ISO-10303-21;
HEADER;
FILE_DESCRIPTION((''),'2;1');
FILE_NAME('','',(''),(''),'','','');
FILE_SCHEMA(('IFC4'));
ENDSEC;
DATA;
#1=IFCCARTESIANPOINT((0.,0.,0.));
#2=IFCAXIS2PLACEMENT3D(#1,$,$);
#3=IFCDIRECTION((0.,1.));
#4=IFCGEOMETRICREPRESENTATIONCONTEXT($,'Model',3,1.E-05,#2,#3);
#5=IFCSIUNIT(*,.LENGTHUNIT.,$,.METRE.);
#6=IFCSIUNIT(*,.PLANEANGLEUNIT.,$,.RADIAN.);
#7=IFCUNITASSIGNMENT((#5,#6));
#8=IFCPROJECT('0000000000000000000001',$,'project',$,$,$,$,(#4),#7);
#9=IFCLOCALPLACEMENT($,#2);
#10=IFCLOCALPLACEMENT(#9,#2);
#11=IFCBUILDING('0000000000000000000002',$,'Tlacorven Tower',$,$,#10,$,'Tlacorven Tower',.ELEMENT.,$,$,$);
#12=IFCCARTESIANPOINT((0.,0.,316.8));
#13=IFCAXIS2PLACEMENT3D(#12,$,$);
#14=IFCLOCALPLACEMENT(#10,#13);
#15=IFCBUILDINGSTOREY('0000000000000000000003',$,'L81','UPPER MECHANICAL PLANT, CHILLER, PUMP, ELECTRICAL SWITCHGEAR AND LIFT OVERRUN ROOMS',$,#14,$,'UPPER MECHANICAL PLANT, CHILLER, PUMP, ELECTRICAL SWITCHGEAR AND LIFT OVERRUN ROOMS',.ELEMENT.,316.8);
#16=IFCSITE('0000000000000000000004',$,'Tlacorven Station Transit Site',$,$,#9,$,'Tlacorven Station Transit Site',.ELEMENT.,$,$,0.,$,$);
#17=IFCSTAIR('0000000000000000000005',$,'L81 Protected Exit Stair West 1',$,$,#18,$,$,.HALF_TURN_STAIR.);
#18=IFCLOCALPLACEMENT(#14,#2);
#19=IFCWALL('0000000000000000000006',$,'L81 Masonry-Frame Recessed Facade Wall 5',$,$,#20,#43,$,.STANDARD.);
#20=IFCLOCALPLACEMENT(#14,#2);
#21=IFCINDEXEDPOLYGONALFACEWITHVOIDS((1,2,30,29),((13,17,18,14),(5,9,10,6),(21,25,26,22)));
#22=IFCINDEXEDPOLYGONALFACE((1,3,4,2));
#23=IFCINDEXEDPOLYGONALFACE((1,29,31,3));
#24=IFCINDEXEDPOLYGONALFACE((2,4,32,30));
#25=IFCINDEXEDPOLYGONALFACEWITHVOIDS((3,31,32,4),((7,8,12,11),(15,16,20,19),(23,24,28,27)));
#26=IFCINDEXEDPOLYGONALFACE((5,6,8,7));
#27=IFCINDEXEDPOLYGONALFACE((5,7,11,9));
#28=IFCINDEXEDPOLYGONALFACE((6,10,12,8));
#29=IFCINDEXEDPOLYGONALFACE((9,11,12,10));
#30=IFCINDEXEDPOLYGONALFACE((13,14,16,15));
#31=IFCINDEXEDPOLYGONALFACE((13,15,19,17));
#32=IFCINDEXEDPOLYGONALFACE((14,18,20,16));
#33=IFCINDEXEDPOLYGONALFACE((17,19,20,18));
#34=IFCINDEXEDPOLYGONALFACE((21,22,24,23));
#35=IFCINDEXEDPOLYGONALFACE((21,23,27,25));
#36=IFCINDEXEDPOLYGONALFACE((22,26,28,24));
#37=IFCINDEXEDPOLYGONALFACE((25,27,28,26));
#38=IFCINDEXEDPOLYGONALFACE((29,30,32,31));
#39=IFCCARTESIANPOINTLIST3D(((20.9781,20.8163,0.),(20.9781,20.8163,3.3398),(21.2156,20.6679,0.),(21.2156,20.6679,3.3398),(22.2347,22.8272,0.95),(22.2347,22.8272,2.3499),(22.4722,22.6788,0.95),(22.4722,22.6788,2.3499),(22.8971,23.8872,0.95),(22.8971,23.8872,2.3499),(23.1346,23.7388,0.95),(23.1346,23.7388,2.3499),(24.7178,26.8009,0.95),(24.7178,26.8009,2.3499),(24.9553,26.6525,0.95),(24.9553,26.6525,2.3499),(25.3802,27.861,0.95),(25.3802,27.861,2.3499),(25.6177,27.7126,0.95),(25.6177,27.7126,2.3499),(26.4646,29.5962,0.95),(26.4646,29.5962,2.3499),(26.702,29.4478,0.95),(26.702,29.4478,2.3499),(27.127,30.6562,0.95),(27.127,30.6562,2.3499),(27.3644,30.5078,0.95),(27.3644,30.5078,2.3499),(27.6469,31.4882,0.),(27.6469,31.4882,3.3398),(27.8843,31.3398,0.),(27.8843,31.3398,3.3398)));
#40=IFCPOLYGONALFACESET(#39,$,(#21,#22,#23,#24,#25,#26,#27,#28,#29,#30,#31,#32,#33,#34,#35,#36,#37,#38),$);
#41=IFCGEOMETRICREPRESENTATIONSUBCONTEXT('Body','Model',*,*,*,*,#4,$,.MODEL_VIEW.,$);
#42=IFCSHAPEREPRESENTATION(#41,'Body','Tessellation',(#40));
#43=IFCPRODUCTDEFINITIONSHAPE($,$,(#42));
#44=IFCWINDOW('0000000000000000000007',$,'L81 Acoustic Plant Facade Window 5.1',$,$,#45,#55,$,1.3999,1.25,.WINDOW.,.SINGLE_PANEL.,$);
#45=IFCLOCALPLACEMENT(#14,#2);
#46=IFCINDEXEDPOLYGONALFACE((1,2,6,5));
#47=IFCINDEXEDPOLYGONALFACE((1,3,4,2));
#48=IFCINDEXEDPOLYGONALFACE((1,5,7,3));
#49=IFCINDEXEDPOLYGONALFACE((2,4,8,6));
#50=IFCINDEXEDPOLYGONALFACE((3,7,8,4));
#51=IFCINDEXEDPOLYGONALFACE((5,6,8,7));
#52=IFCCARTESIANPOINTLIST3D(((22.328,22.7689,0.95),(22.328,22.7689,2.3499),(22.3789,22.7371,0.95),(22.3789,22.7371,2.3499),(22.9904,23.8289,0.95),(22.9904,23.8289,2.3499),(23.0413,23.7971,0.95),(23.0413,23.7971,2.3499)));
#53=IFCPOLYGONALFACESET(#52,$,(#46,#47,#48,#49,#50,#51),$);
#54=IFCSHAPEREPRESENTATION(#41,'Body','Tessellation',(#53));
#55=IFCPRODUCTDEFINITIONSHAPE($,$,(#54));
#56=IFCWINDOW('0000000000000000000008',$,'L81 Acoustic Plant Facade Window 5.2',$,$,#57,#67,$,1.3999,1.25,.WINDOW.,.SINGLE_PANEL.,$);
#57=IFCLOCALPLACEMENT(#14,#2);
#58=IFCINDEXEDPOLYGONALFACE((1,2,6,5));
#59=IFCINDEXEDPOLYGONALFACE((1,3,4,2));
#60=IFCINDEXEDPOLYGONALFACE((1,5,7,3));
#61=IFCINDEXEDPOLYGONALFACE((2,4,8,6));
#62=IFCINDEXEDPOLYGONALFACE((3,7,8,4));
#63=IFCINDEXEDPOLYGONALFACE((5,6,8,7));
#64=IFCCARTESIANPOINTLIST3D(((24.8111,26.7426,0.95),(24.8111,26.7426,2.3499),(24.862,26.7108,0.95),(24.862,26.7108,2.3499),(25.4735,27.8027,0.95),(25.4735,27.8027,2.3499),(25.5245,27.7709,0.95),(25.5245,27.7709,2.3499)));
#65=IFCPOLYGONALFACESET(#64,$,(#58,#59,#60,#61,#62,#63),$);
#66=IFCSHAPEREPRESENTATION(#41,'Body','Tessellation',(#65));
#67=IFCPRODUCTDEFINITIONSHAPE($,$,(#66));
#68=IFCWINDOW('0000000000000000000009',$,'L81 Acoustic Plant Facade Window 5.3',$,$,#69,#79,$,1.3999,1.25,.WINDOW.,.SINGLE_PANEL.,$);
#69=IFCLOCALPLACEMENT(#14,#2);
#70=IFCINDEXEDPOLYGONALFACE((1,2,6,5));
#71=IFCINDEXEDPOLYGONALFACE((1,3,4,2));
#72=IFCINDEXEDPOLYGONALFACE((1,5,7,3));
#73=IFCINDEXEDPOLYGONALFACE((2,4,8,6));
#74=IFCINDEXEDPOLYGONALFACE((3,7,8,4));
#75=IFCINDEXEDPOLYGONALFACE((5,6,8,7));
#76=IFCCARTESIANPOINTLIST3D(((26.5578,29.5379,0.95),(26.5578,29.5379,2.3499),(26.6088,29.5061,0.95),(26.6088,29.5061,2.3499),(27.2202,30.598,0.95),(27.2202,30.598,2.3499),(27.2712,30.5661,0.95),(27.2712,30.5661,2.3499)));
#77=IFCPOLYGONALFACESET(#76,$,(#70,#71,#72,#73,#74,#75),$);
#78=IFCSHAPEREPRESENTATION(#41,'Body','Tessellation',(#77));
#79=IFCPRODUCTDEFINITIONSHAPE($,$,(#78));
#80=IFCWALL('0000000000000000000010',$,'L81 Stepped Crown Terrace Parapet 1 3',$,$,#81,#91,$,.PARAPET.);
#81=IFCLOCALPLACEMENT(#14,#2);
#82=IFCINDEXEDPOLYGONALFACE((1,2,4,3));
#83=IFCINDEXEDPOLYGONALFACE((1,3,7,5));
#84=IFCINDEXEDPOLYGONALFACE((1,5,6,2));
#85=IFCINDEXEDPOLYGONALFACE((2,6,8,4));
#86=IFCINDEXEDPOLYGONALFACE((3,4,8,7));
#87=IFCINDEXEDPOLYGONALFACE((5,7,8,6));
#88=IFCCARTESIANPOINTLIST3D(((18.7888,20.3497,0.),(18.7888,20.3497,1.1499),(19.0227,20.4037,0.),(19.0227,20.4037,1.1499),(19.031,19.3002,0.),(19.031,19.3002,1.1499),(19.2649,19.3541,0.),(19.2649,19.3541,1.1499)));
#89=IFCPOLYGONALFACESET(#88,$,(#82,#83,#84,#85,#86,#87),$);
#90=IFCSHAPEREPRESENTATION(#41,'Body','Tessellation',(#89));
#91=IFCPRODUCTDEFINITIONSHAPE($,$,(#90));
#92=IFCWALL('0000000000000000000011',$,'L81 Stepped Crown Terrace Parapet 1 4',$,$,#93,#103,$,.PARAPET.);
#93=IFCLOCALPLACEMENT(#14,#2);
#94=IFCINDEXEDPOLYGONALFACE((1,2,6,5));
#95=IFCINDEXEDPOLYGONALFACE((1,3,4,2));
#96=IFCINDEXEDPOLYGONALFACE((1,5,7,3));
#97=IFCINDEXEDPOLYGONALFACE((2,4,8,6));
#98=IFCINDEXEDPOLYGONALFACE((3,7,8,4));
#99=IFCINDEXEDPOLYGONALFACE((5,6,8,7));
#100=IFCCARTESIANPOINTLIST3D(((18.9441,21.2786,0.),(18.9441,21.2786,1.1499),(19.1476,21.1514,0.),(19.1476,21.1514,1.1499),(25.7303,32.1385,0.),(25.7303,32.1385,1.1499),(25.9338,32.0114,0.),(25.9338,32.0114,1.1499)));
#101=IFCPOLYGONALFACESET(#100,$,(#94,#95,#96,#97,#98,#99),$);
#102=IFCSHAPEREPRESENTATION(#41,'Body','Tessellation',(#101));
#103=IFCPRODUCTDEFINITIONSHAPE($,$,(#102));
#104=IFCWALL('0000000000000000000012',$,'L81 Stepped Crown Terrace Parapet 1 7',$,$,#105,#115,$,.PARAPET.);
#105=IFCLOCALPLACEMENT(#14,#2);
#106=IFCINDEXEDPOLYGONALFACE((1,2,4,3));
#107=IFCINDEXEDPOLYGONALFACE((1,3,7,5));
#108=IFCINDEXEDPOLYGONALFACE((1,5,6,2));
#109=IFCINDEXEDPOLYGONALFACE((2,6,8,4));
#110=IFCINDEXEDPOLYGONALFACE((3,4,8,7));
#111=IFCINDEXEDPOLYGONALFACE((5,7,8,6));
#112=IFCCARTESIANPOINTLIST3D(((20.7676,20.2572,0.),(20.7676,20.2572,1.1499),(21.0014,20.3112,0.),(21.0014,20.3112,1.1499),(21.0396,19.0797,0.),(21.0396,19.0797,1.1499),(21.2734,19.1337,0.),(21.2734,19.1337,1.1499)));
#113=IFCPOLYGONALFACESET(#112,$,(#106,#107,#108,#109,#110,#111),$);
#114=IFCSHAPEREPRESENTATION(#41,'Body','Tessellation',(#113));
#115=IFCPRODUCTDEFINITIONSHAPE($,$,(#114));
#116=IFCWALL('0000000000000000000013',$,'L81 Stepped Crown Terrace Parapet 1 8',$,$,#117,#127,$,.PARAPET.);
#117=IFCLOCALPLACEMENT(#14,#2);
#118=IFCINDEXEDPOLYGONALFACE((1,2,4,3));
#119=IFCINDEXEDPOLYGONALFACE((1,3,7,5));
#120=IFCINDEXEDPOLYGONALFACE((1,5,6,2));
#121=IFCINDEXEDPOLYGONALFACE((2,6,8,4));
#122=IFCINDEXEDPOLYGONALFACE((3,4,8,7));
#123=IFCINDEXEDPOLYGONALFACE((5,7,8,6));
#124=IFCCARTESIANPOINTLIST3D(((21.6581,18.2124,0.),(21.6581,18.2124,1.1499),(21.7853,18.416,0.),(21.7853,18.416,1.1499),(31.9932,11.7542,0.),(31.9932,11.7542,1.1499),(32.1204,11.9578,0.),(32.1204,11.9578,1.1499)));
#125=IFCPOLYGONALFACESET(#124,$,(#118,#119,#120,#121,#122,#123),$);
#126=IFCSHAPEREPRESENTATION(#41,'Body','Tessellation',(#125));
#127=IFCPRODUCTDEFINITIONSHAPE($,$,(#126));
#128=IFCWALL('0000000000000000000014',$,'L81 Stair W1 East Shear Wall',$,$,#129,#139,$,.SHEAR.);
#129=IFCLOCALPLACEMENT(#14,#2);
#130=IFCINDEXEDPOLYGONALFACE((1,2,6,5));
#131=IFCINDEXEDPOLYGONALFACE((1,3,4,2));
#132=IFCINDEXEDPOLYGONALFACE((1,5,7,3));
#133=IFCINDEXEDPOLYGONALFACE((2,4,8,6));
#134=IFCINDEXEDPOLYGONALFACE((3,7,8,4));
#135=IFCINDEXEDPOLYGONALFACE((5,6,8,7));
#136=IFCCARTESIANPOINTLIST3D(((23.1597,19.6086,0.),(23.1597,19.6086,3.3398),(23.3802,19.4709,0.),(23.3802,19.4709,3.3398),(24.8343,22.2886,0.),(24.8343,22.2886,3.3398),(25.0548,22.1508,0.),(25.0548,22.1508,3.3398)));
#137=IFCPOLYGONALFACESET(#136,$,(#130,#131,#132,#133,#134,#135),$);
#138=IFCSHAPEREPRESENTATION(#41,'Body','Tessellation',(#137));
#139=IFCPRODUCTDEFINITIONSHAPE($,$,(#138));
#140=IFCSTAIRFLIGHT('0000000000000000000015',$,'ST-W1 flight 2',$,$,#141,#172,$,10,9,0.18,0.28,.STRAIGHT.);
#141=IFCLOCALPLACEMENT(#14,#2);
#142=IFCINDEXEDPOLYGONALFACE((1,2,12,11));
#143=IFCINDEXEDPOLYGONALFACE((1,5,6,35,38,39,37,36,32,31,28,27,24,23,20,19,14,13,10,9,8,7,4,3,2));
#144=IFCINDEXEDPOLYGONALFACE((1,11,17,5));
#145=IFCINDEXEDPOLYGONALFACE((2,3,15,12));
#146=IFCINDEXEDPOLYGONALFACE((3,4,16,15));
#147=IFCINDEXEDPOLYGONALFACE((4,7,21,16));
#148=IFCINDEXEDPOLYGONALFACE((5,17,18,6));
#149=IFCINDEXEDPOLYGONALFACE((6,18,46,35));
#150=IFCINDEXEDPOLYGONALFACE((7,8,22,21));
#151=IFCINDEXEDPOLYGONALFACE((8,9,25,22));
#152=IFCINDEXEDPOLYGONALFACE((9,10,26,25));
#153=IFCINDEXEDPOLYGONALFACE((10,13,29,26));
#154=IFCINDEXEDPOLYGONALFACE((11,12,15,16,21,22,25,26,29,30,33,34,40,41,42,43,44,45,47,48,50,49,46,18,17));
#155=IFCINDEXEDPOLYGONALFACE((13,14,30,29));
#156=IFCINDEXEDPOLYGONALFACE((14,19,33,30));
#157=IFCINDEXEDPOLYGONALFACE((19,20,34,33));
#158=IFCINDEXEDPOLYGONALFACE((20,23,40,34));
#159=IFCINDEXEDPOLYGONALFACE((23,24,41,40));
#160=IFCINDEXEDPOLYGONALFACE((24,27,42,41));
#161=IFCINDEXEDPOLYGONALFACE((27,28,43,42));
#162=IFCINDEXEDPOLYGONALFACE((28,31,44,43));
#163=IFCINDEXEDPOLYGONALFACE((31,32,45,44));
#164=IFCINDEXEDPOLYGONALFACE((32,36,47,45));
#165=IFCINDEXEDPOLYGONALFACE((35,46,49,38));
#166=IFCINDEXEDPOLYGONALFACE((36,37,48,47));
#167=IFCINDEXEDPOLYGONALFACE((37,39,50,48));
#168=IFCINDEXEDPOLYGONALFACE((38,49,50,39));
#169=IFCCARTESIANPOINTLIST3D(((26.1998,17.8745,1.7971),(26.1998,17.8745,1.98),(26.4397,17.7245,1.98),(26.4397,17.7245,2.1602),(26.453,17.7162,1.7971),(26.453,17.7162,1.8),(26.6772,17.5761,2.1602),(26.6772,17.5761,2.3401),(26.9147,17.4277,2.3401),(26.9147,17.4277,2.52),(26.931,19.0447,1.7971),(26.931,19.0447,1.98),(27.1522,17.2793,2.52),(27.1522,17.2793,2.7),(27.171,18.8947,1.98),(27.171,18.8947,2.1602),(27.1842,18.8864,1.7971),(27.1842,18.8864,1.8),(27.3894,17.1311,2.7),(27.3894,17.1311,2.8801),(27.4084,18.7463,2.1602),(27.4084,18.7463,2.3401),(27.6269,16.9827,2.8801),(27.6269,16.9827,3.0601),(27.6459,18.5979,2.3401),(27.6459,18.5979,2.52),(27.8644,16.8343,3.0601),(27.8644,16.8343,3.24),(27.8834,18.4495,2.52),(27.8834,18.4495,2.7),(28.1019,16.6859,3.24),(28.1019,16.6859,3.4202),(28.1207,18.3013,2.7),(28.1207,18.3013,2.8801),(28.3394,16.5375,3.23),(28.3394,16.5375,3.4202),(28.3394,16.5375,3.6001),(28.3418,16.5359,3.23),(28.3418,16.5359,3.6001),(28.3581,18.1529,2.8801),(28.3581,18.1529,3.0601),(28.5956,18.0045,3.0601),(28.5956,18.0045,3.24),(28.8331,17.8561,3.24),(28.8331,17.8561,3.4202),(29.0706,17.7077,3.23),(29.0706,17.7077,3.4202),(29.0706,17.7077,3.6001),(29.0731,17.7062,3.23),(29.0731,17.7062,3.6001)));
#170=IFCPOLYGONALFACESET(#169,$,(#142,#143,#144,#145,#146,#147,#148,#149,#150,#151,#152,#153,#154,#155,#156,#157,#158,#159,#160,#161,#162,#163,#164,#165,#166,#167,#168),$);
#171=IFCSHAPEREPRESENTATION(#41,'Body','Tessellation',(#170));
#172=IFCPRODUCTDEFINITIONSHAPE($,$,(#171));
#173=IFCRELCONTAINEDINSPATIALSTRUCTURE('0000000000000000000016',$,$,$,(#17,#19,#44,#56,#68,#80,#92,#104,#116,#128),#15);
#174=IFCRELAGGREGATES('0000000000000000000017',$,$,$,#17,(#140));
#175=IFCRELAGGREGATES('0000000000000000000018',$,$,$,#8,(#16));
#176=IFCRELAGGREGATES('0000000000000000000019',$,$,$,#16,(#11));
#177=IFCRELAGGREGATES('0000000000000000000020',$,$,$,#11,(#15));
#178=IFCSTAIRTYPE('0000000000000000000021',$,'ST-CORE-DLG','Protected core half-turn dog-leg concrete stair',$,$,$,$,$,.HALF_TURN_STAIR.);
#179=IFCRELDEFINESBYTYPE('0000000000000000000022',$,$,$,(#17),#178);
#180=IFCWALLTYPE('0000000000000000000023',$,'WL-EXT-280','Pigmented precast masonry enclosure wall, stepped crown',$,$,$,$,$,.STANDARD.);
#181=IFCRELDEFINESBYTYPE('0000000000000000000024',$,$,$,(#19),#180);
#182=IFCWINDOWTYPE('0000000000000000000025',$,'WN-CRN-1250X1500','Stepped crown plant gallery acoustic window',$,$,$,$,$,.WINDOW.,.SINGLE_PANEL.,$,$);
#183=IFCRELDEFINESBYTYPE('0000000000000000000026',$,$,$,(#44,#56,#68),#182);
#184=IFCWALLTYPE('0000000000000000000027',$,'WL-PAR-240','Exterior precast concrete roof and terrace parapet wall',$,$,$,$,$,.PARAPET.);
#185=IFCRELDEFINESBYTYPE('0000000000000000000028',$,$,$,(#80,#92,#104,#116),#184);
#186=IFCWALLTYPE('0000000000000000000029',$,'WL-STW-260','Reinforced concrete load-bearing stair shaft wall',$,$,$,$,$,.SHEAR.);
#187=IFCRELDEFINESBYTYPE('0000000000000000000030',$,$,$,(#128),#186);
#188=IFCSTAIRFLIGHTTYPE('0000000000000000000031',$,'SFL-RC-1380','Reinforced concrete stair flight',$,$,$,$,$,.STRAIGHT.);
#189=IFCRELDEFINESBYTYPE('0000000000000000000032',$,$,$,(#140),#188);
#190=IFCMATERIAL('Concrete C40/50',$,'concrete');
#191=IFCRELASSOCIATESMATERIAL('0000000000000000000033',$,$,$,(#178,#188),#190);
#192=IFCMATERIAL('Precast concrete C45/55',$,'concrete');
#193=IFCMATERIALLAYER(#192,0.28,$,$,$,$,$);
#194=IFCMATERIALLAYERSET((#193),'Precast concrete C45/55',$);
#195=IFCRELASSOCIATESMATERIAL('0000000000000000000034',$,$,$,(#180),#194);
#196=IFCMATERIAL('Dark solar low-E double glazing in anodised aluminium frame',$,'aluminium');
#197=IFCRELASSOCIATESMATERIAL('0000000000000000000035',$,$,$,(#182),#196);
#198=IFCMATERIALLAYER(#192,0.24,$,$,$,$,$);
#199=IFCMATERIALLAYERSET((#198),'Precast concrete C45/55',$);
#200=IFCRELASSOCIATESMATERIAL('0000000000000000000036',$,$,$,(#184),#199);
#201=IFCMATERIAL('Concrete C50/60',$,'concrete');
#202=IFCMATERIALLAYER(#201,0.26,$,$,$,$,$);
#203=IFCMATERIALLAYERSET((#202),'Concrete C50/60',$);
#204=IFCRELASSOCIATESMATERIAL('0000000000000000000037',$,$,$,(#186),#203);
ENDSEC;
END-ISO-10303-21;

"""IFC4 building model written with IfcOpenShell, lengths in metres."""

from ifc_helpers import new_model, si_unit, direction, frame, frame_2d, origin, place, context, subcontext, project, spatial, polyline, rectangle, outline, extrude, source, transform, mapped, material, layer, layer_set, type_object, element, fill, aggregate, save


model = new_model("IFC4")

# Units and contexts
model_context = context("Model", 3, precision=1e-05, world=origin(), true_north=direction((0.0, 1.0)))
body_context = subcontext(model_context, "Body", "Model", "MODEL_VIEW")
ifc_project = project(units=[si_unit("LENGTHUNIT", "METRE"), si_unit("PLANEANGLEUNIT", "RADIAN")], contexts=[model_context])

# Site, building, storey
site_placement = place(None, origin())
site = spatial("IfcSite", under=ifc_project, at=site_placement, Name="Tlacorven Station Transit Site", LongName="Tlacorven Station Transit Site", CompositionType="ELEMENT", RefElevation=0.0)
building_placement = place(site_placement, origin())
building = spatial("IfcBuilding", under=site, at=building_placement, Name="Tlacorven Tower", LongName="Tlacorven Tower", CompositionType="ELEMENT")
storey_placement = place(building_placement, frame((0.0, 0.0, 316.8)))
storey = spatial("IfcBuildingStorey", under=building, at=storey_placement, Name="L81", Description="UPPER MECHANICAL PLANT, CHILLER, PUMP, ELECTRICAL SWITCHGEAR AND LIFT OVERRUN ROOMS", LongName="UPPER MECHANICAL PLANT, CHILLER, PUMP, ELECTRICAL SWITCHGEAR AND LIFT OVERRUN ROOMS", CompositionType="ELEMENT", Elevation=316.8)

# Stair
ifc_material_1 = material(Name="Concrete C40/50", Category="concrete")
stair_type = type_object("IfcStairType", Name="ST-CORE-DLG", Description="Protected core half-turn dog-leg concrete stair", PredefinedType="HALF_TURN_STAIR", material=ifc_material_1)
stair_placement = place(storey_placement, origin())
stair = element("IfcStair", 1, at=stair_placement, inside=storey, type_object=stair_type, Name="L81 Protected Exit Stair West 1", PredefinedType="HALF_TURN_STAIR")

# Shared definitions
ifc_material_2 = material(Name="Concrete C50/60", Category="concrete")

# Shared definitions
ifc_material_3 = material(Name="Precast concrete C45/55", Category="concrete")
ifc_layer_1 = layer(ifc_material_3, 0.28)
ifc_layer_set_1 = layer_set([ifc_layer_1], Name="Precast concrete C45/55")
wall_type_1 = type_object("IfcWallType", Name="WL-EXT-280", Description="Pigmented precast masonry enclosure wall, stepped crown", PredefinedType="STANDARD", material=ifc_layer_set_1)

# Wall, openings, windows
wall_1_placement = place(storey_placement, frame((21.0969, 20.7422, 0.0), z_axis=(0.0, 0.0, 1.0), x_axis=(0.529929, 0.848042, 0.0)))
wall_1 = element("IfcWall", 2, at=wall_1_placement, inside=storey, type_object=wall_type_1, Name="L81 Masonry-Frame Recessed Facade Wall 5", PredefinedType="STANDARD", context=body_context, shape_type="SweptSolid", body=[
    extrude(rectangle(XDim=12.5842, YDim=0.28, at=frame_2d((6.292, 0.0))), origin(), (0.0, 0.0, 1.0), 3.3398),
])
opening_1_placement = place(wall_1_placement, frame((2.3711, 0.0, 0.95)))
opening_1 = element("IfcOpeningElement", 3, at=opening_1_placement, cuts=wall_1, PredefinedType="OPENING", context=body_context, shape_type="SweptSolid", body=[
    extrude(rectangle(XDim=1.25, YDim=1.3999, at=frame_2d((0.625, 0.7))), frame((0.0, 0.1499, 0.0), z_axis=(0.0, -1.0, 0.0), x_axis=(1.0, 0.0, 0.0)), (0.0, 0.0, 1.0), 0.3),
])
opening_2_placement = place(wall_1_placement, frame((7.0569, 0.0, 0.95)))
opening_2 = element("IfcOpeningElement", 4, at=opening_2_placement, cuts=wall_1, PredefinedType="OPENING", context=body_context, shape_type="SweptSolid", body=[
    extrude(rectangle(XDim=1.25, YDim=1.3999, at=frame_2d((0.625, 0.7))), frame((0.0, 0.1499, 0.0), z_axis=(0.0, -1.0, 0.0), x_axis=(1.0, 0.0, 0.0)), (0.0, 0.0, 1.0), 0.3),
])
opening_3_placement = place(wall_1_placement, frame((10.353, 0.0, 0.95)))
opening_3 = element("IfcOpeningElement", 5, at=opening_3_placement, cuts=wall_1, PredefinedType="OPENING", context=body_context, shape_type="SweptSolid", body=[
    extrude(rectangle(XDim=1.25, YDim=1.3999, at=frame_2d((0.625, 0.7))), frame((0.0, 0.1499, 0.0), z_axis=(0.0, -1.0, 0.0), x_axis=(1.0, 0.0, 0.0)), (0.0, 0.0, 1.0), 0.3),
])
ifc_material_4 = material(Name="Dark solar low-E double glazing in anodised aluminium frame", Category="aluminium")
window_type = type_object("IfcWindowType", Name="WN-CRN-1250X1500", Description="Stepped crown plant gallery acoustic window", PartitioningType="SINGLE_PANEL", PredefinedType="WINDOW", material=ifc_material_4)
shared_shape_1 = source(origin(), body_context, "Body", "SweptSolid", [
    extrude(rectangle(XDim=1.25, YDim=1.3999, at=frame_2d((0.625, 0.7))), frame((0.0, 0.03, 0.0), z_axis=(0.0, -1.0, 0.0), x_axis=(1.0, 0.0, 0.0)), (0.0, 0.0, 1.0), 0.0601),
])
window_1_placement = place(opening_1_placement, origin())
window_1 = element("IfcWindow", 6, at=window_1_placement, inside=storey, type_object=window_type, Name="L81 Acoustic Plant Facade Window 5.1", OverallHeight=1.3999, OverallWidth=1.25, PartitioningType="SINGLE_PANEL", PredefinedType="WINDOW", context=body_context, shape_type="MappedRepresentation", body=[
    mapped(shared_shape_1, transform((0.0, 0.0, 0.0), scale=1.0)),
])
fill(opening_1, window_1)
window_2_placement = place(opening_2_placement, origin())
window_2 = element("IfcWindow", 7, at=window_2_placement, inside=storey, type_object=window_type, Name="L81 Acoustic Plant Facade Window 5.2", OverallHeight=1.3999, OverallWidth=1.25, PartitioningType="SINGLE_PANEL", PredefinedType="WINDOW", context=body_context, shape_type="MappedRepresentation", body=[
    mapped(shared_shape_1, transform((0.0, 0.0, 0.0), scale=1.0)),
])
fill(opening_2, window_2)
window_3_placement = place(opening_3_placement, origin())
window_3 = element("IfcWindow", 8, at=window_3_placement, inside=storey, type_object=window_type, Name="L81 Acoustic Plant Facade Window 5.3", OverallHeight=1.3999, OverallWidth=1.25, PartitioningType="SINGLE_PANEL", PredefinedType="WINDOW", context=body_context, shape_type="MappedRepresentation", body=[
    mapped(shared_shape_1, transform((0.0, 0.0, 0.0), scale=1.0)),
])
fill(opening_3, window_3)

# Walls
ifc_layer_2 = layer(ifc_material_3, 0.24)
ifc_layer_set_2 = layer_set([ifc_layer_2], Name="Precast concrete C45/55")
wall_type_2 = type_object("IfcWallType", Name="WL-PAR-240", Description="Exterior precast concrete roof and terrace parapet wall", PredefinedType="PARAPET", material=ifc_layer_set_2)
wall_2_placement = place(storey_placement, frame((19.1479, 19.3271, 0.0), z_axis=(0.0, 0.0, 1.0), x_axis=(-0.224843, 0.974395, 0.0)))
element("IfcWall", 9, at=wall_2_placement, inside=storey, type_object=wall_type_2, Name="L81 Stepped Crown Terrace Parapet 1 3", PredefinedType="PARAPET", context=body_context, shape_type="SweptSolid", body=[
    extrude(rectangle(XDim=1.0771, YDim=0.24, at=frame_2d((0.5386, 0.0))), origin(), (0.0, 0.0, 1.0), 1.1499),
])
wall_3_placement = place(storey_placement, frame((19.0459, 21.2151, 0.0), z_axis=(0.0, 0.0, 1.0), x_axis=(0.529927, 0.848043, 0.0)))
element("IfcWall", 10, at=wall_3_placement, inside=storey, type_object=wall_type_2, Name="L81 Stepped Crown Terrace Parapet 1 4", PredefinedType="PARAPET", context=body_context, shape_type="SweptSolid", body=[
    extrude(rectangle(XDim=12.8059, YDim=0.24, at=frame_2d((6.4028, 0.0))), origin(), (0.0, 0.0, 1.0), 1.1499),
])
wall_4_placement = place(storey_placement, frame((20.8845, 20.2842, 0.0), z_axis=(0.0, 0.0, 1.0), x_axis=(0.225051, -0.974347, 0.0)))
element("IfcWall", 11, at=wall_4_placement, inside=storey, type_object=wall_type_2, Name="L81 Stepped Crown Terrace Parapet 1 7", PredefinedType="PARAPET", context=body_context, shape_type="SweptSolid", body=[
    extrude(rectangle(XDim=1.2085, YDim=0.24, at=frame_2d((0.6042, 0.0))), origin(), (0.0, 0.0, 1.0), 1.1499),
])
wall_5_placement = place(storey_placement, frame((21.7217, 18.3142, 0.0), z_axis=(0.0, 0.0, 1.0), x_axis=(0.848044, -0.529925, 0.0)))
element("IfcWall", 12, at=wall_5_placement, inside=storey, type_object=wall_type_2, Name="L81 Stepped Crown Terrace Parapet 1 8", PredefinedType="PARAPET", context=body_context, shape_type="SweptSolid", body=[
    extrude(rectangle(XDim=12.187, YDim=0.24, at=frame_2d((6.0935, 0.0))), origin(), (0.0, 0.0, 1.0), 1.1499),
])
ifc_layer_3 = layer(ifc_material_2, 0.26)
ifc_layer_set_3 = layer_set([ifc_layer_3], Name="Concrete C50/60")
wall_type_3 = type_object("IfcWallType", Name="WL-STW-260", Description="Reinforced concrete load-bearing stair shaft wall", PredefinedType="SHEAR", material=ifc_layer_set_3)
wall_6_placement = place(storey_placement, frame((24.9446, 22.2197, 0.0), z_axis=(0.0, 0.0, 1.0), x_axis=(-0.529909, -0.848055, 0.0)))
element("IfcWall", 13, at=wall_6_placement, inside=storey, type_object=wall_type_3, Name="L81 Stair W1 East Shear Wall", PredefinedType="SHEAR", context=body_context, shape_type="SweptSolid", body=[
    extrude(rectangle(XDim=3.1602, YDim=0.26, at=frame_2d((1.5801, 0.0))), origin(), (0.0, 0.0, 1.0), 3.3398),
])

# Stair flight
stair_flight_type = type_object("IfcStairFlightType", Name="SFL-RC-1380", Description="Reinforced concrete stair flight", PredefinedType="STRAIGHT", material=ifc_material_1)
shared_shape_2 = source(origin(), body_context, "Body", "SweptSolid", [
    extrude(outline(polyline([(-0.0029, -0.0029), (-0.0029, 0.1799), (0.28, 0.1799), (0.28, 0.3601), (0.5601, 0.3601), (0.5601, 0.54), (0.8401, 0.54), (0.8401, 0.72), (1.1201, 0.72), (1.1201, 0.8999), (1.3999, 0.8999), (1.3999, 1.0801), (1.6799, 1.0801), (1.6799, 1.26), (1.96, 1.26), (1.96, 1.4399), (2.24, 1.4399), (2.24, 1.6201), (2.52, 1.6201), (2.52, 1.8), (2.5229, 1.8), (2.5229, 1.4299), (2.52, 1.4299), (0.2957, 0.0), (0.2957, -0.0029), (-0.0029, -0.0029)])), frame((0.0, 0.6899, 0.0), z_axis=(0.0, -1.0, 0.0), x_axis=(1.0, 0.0, 0.0)), (0.0, 0.0, 1.0), 1.3799),
])
stair_flight_placement = place(storey_placement, frame((26.5679, 18.458, 1.8), z_axis=(0.0, 0.0, 1.0), x_axis=(0.848048, -0.529919, 0.0)))
stair_flight = element("IfcStairFlight", 14, at=stair_flight_placement, type_object=stair_flight_type, Name="ST-W1 flight 2", NumberOfRisers=10, NumberOfTreads=9, PredefinedType="STRAIGHT", RiserHeight=0.18, TreadLength=0.28, context=body_context, shape_type="MappedRepresentation", body=[
    mapped(shared_shape_2, transform((0.0, 0.0, 0.0), scale=1.0)),
])
aggregate(stair, [stair_flight])

save(model, "model.ifc")
